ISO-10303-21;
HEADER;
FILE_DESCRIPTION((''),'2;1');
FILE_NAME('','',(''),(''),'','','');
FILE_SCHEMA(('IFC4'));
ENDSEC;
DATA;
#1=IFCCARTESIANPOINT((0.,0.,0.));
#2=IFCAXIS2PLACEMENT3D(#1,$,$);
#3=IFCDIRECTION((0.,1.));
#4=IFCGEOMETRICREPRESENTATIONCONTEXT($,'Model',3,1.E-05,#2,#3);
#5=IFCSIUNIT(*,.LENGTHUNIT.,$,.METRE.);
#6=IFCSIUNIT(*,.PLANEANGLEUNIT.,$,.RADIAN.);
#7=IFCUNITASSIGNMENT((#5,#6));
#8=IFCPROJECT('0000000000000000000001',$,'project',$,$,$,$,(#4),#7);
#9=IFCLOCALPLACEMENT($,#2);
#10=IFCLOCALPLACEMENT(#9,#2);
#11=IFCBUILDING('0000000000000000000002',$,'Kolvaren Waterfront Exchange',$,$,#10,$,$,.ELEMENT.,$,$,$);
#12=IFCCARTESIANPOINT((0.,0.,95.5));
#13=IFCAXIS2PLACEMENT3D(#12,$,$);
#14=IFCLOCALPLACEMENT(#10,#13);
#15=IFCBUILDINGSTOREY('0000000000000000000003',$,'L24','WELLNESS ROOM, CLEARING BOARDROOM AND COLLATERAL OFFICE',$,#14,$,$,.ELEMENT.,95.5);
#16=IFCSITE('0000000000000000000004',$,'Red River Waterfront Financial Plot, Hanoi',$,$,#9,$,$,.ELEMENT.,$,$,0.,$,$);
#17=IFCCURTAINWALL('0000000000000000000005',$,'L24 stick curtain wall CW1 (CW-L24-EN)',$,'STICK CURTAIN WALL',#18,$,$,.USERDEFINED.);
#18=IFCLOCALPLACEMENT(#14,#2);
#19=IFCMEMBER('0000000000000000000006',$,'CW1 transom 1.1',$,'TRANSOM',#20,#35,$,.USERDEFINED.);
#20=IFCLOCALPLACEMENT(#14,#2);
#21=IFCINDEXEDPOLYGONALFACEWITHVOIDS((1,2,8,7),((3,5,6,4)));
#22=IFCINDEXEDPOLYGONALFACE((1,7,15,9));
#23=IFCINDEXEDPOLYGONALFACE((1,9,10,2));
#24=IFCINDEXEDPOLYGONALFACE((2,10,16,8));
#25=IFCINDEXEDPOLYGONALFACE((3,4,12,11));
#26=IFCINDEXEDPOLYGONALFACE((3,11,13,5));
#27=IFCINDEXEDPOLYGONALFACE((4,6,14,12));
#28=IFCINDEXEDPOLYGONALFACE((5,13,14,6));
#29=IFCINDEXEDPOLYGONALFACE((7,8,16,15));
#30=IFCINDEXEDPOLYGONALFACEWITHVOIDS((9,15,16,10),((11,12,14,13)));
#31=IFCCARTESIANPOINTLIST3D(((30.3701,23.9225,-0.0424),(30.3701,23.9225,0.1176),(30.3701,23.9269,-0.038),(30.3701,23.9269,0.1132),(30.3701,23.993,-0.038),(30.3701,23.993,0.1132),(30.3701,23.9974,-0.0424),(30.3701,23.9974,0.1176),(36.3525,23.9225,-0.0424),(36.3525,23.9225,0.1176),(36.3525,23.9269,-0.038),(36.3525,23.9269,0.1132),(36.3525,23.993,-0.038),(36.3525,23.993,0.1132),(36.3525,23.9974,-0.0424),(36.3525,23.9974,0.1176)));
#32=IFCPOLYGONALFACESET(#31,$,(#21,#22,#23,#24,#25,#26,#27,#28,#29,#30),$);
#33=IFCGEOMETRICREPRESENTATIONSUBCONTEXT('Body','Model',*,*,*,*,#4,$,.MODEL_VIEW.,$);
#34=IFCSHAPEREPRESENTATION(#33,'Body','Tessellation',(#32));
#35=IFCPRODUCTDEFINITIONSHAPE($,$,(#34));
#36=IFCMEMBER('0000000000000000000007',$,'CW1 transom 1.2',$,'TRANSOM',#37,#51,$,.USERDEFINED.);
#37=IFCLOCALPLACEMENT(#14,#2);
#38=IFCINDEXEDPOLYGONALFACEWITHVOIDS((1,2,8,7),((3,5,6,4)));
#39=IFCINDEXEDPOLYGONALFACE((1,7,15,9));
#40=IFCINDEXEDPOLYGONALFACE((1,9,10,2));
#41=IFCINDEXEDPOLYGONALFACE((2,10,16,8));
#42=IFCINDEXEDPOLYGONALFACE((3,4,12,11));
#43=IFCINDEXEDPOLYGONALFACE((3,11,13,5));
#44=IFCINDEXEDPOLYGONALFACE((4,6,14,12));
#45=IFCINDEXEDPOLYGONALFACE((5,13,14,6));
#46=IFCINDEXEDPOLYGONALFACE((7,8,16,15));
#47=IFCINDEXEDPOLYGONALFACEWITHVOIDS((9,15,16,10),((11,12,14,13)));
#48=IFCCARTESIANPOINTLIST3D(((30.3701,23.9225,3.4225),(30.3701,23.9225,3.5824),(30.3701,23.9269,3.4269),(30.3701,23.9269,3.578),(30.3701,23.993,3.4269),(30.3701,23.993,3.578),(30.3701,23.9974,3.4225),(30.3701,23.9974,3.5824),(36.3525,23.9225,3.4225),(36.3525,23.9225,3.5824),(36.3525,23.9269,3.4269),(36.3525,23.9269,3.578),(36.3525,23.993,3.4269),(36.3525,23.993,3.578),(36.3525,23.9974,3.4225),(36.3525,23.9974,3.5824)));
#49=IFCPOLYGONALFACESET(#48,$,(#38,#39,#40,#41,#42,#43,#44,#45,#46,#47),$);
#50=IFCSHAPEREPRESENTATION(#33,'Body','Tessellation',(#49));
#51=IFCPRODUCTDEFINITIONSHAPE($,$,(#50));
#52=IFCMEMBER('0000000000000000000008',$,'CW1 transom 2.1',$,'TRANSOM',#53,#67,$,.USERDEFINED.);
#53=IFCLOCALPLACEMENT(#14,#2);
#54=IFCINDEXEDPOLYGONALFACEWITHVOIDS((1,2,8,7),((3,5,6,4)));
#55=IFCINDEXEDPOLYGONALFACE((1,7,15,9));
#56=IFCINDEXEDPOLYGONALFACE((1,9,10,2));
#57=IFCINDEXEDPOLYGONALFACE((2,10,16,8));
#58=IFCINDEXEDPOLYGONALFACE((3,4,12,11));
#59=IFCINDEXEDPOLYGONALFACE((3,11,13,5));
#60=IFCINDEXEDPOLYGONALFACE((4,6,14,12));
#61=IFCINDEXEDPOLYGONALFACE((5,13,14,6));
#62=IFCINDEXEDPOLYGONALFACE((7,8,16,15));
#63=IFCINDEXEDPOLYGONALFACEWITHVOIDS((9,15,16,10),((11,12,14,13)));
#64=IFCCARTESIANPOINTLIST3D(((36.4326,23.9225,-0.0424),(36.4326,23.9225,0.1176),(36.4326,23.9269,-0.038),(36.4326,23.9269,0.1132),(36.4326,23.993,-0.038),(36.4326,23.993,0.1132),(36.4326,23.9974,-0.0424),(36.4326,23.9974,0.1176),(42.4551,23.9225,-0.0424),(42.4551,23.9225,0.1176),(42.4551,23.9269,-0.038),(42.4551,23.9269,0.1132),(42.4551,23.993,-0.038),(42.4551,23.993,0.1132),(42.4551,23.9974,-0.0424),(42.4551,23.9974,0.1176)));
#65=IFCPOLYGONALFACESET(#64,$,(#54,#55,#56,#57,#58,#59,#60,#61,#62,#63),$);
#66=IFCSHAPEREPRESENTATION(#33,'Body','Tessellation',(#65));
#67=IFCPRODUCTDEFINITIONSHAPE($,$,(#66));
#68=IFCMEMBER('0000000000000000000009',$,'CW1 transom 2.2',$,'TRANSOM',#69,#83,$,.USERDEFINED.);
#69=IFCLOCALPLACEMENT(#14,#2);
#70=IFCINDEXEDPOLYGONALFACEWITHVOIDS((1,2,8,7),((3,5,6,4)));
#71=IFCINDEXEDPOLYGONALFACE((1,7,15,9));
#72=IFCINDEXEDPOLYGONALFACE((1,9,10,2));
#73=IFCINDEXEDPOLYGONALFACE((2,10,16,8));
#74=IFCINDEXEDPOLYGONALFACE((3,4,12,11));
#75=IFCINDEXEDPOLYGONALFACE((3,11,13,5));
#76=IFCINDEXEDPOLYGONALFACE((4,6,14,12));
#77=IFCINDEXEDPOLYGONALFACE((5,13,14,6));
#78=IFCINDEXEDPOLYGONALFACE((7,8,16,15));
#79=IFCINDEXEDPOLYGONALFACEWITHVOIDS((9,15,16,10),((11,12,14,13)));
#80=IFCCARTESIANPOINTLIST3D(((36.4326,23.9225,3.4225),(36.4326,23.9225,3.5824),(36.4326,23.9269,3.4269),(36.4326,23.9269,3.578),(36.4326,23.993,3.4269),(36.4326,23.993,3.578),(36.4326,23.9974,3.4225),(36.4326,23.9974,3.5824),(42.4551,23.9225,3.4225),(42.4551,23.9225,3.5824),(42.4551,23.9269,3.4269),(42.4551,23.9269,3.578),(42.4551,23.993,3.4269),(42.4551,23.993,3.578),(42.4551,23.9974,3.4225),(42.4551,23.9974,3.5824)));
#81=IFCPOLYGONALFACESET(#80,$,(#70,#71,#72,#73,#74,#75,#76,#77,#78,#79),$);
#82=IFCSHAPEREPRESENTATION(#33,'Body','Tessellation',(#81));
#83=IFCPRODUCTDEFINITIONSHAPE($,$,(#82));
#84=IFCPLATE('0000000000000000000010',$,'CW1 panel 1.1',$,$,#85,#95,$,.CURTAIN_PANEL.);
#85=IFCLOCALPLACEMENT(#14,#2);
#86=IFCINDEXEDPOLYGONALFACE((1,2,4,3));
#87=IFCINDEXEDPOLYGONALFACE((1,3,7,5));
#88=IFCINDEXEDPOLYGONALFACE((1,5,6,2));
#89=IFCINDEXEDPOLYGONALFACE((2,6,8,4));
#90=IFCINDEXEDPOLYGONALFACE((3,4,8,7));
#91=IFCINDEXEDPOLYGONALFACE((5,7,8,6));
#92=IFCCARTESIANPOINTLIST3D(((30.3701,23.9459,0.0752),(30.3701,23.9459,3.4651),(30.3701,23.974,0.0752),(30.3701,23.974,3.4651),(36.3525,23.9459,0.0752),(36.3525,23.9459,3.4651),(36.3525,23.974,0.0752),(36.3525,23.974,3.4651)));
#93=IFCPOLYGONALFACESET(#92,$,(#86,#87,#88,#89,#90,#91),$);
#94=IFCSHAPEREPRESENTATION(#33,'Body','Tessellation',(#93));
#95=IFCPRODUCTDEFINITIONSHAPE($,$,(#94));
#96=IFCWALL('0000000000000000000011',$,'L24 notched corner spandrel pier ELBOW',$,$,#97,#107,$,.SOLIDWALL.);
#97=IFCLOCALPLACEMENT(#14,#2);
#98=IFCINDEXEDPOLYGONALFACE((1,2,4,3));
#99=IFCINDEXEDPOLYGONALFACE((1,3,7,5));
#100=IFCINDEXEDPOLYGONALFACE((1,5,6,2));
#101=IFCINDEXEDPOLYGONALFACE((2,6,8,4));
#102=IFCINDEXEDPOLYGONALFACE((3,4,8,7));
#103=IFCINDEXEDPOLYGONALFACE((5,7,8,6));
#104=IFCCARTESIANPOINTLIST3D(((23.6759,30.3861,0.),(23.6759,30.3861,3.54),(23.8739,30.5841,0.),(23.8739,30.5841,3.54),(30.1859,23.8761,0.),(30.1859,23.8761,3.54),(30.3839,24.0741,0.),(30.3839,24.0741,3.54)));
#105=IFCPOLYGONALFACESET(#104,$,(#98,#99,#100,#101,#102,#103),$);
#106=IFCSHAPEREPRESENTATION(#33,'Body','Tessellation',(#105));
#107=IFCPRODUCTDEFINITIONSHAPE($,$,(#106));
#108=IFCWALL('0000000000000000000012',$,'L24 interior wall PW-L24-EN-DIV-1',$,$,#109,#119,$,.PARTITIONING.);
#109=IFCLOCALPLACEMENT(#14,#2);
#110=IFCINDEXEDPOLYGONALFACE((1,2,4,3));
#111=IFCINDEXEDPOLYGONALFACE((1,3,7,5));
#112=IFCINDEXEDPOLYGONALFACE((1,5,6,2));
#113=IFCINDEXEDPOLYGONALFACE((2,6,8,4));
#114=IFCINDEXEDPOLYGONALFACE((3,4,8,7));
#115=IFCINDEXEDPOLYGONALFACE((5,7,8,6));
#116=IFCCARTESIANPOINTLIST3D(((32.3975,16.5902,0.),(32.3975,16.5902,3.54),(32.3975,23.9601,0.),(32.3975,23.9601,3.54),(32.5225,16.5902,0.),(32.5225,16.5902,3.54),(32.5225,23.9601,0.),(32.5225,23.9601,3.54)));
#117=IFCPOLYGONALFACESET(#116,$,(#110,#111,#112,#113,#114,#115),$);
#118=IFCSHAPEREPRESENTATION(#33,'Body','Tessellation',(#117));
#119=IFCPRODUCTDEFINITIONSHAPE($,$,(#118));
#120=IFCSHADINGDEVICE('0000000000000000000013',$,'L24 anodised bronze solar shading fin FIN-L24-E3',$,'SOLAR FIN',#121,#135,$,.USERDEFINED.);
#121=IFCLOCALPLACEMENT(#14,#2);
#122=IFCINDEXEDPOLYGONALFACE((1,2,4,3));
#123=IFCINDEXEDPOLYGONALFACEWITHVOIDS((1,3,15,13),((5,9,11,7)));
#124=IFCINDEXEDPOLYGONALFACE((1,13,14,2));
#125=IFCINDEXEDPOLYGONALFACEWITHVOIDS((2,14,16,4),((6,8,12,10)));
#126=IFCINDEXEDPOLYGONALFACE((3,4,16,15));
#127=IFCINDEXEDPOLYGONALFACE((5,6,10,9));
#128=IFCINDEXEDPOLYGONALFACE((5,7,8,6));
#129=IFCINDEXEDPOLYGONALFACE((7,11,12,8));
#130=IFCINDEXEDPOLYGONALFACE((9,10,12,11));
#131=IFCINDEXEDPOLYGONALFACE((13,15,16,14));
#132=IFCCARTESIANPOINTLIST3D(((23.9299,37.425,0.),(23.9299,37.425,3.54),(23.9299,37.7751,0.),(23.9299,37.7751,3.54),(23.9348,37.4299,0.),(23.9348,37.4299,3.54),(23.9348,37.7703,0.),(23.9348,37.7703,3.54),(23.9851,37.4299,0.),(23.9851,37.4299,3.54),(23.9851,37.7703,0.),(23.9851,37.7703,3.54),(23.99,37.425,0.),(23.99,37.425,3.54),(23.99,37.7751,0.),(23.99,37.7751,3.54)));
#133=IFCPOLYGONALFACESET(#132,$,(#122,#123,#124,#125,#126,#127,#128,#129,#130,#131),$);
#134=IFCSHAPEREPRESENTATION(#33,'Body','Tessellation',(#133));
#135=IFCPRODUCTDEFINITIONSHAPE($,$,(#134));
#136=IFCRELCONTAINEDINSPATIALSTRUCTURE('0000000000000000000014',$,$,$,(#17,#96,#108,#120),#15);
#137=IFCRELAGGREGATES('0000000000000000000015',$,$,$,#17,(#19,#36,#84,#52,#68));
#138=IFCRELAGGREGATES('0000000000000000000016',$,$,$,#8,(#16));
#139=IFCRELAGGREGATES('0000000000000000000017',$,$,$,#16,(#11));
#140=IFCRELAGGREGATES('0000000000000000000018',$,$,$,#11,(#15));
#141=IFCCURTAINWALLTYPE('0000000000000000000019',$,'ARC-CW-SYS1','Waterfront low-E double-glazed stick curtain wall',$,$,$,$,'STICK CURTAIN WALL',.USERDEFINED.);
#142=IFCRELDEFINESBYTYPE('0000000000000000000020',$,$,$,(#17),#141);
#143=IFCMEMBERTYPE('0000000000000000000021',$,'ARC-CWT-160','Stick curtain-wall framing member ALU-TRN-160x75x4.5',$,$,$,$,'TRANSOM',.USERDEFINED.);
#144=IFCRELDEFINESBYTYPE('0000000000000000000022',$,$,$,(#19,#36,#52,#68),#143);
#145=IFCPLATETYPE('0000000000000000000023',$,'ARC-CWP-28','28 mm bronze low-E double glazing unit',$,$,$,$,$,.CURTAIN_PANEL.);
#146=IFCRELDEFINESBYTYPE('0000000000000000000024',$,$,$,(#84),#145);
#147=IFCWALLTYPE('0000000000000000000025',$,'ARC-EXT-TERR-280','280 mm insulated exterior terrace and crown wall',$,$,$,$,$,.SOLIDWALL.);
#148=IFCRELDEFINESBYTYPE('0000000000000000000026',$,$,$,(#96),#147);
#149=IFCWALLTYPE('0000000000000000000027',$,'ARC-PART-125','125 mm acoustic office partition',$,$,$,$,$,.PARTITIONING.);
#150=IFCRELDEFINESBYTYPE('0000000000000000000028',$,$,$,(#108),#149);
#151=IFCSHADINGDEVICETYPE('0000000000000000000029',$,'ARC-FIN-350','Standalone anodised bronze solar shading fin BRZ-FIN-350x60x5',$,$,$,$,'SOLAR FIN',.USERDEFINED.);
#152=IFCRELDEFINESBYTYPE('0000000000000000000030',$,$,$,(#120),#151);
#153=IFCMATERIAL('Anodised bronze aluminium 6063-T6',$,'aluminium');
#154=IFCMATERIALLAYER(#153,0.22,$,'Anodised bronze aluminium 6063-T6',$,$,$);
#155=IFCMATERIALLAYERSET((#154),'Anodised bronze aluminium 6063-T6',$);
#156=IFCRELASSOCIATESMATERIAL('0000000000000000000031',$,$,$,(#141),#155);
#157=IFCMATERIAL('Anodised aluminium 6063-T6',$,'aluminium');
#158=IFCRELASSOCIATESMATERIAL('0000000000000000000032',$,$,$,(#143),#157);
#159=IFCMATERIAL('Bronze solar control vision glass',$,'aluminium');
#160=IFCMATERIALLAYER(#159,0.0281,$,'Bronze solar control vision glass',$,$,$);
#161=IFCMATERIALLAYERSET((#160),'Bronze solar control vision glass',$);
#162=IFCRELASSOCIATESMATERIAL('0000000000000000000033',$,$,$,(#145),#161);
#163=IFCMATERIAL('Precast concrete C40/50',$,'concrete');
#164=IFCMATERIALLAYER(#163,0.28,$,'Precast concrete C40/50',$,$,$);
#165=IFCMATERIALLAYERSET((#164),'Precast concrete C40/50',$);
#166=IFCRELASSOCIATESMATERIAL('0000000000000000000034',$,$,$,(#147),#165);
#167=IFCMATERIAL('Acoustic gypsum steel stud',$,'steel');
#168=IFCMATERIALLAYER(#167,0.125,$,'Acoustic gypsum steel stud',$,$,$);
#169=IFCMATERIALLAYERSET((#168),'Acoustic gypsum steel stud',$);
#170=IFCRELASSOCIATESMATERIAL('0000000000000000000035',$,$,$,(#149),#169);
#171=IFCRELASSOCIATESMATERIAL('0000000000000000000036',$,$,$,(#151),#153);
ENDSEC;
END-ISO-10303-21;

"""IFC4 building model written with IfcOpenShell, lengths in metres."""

from ifc_helpers import new_model, si_unit, direction, frame, frame_2d, origin, origin_with_axes, origin_2d, place, context, subcontext, project, spatial, rectangle, hollow_rectangle, extrude, source, transform, mapped, material, layer, layer_set, material_profile, profile_set, type_object, element, aggregate, save


model = new_model("IFC4")

# Units and contexts
model_context = context("Model", 3, precision=1e-05, world=origin(), true_north=direction((0.0, 1.0)))
body_context = subcontext(model_context, "Body", "Model", "MODEL_VIEW")
ifc_project = project(units=[si_unit("LENGTHUNIT", "METRE"), si_unit("PLANEANGLEUNIT", "RADIAN")], contexts=[model_context])

# Site, building, storey
site_placement = place(None, origin())
site = spatial("IfcSite", under=ifc_project, at=site_placement, Name="Red River Waterfront Financial Plot, Hanoi", CompositionType="ELEMENT", RefElevation=0.0)
building_placement = place(site_placement, origin())
building = spatial("IfcBuilding", under=site, at=building_placement, Name="Kolvaren Waterfront Exchange", CompositionType="ELEMENT")
storey_placement = place(building_placement, frame((0.0, 0.0, 95.5)))
storey = spatial("IfcBuildingStorey", under=building, at=storey_placement, Name="L24", Description="WELLNESS ROOM, CLEARING BOARDROOM AND COLLATERAL OFFICE", CompositionType="ELEMENT", Elevation=95.5)

# Curtain wall, members, plate
ifc_material_1 = material(Name="Anodised bronze aluminium 6063-T6", Category="aluminium")
ifc_layer_1 = layer(ifc_material_1, 0.22, Name="Anodised bronze aluminium 6063-T6")
ifc_layer_set_1 = layer_set([ifc_layer_1], Name="Anodised bronze aluminium 6063-T6")
curtain_wall_type = type_object("IfcCurtainWallType", Name="ARC-CW-SYS1", Description="Waterfront low-E double-glazed stick curtain wall", ElementType="STICK CURTAIN WALL", PredefinedType="USERDEFINED", material=ifc_layer_set_1)
curtain_wall_placement = place(storey_placement, origin())
curtain_wall = element("IfcCurtainWall", 1, at=curtain_wall_placement, inside=storey, type_object=curtain_wall_type, Name="L24 stick curtain wall CW1 (CW-L24-EN)", ObjectType="STICK CURTAIN WALL", PredefinedType="USERDEFINED")
ifc_material_2 = material(Name="Anodised aluminium 6063-T6", Category="aluminium")
ifc_material_profile_1 = material_profile(ifc_material_2, hollow_rectangle(XDim=0.075, YDim=0.1599, WallThickness=0.0044, at=origin_2d()), Name="ALU-TRN-160x75x4.5")
ifc_profile_set_1 = profile_set([ifc_material_profile_1], Name="Anodised aluminium 6063-T6")
member_type_1 = type_object("IfcMemberType", Name="ARC-CWT-160", Description="Stick curtain-wall framing member ALU-TRN-160x75x4.5", ElementType="TRANSOM", PredefinedType="USERDEFINED", material=ifc_profile_set_1)
shared_shape_1 = source(origin_with_axes(), body_context, "Body", "SweptSolid", [
    extrude(hollow_rectangle(XDim=0.075, YDim=0.1599, WallThickness=0.0044, at=origin_2d()), origin(), (0.0, 0.0, 1.0), 5.9824),
])
member_1_placement = place(storey_placement, frame((30.3701, 23.96, 0.0376), z_axis=(1.0, 0.0, 0.0), x_axis=(0.0, 1.0, 0.0)))
member_1 = element("IfcMember", 2, at=member_1_placement, type_object=member_type_1, Name="CW1 transom 1.1", ObjectType="TRANSOM", PredefinedType="USERDEFINED", context=body_context, shape_type="MappedRepresentation", body=[
    mapped(shared_shape_1, transform((0.0, 0.0, 0.0), x_axis=(1.0, 0.0, 0.0), y_axis=(0.0, 1.0, 0.0), z_axis=(0.0, 0.0, 1.0), scale=1.0)),
])
member_2_placement = place(storey_placement, frame((30.3701, 23.96, 3.5024), z_axis=(1.0, 0.0, 0.0), x_axis=(0.0, 1.0, 0.0)))
member_2 = element("IfcMember", 3, at=member_2_placement, type_object=member_type_1, Name="CW1 transom 1.2", ObjectType="TRANSOM", PredefinedType="USERDEFINED", context=body_context, shape_type="MappedRepresentation", body=[
    mapped(shared_shape_1, transform((0.0, 0.0, 0.0), x_axis=(1.0, 0.0, 0.0), y_axis=(0.0, 1.0, 0.0), z_axis=(0.0, 0.0, 1.0), scale=1.0)),
])
shared_shape_2 = source(origin_with_axes(), body_context, "Body", "SweptSolid", [
    extrude(hollow_rectangle(XDim=0.075, YDim=0.1599, WallThickness=0.0044, at=origin_2d()), origin(), (0.0, 0.0, 1.0), 6.0225),
])
member_3_placement = place(storey_placement, frame((36.4326, 23.96, 0.0376), z_axis=(1.0, 0.0, 0.0), x_axis=(0.0, 1.0, 0.0)))
member_3 = element("IfcMember", 4, at=member_3_placement, type_object=member_type_1, Name="CW1 transom 2.1", ObjectType="TRANSOM", PredefinedType="USERDEFINED", context=body_context, shape_type="MappedRepresentation", body=[
    mapped(shared_shape_2, transform((0.0, 0.0, 0.0), x_axis=(1.0, 0.0, 0.0), y_axis=(0.0, 1.0, 0.0), z_axis=(0.0, 0.0, 1.0), scale=1.0)),
])
member_4_placement = place(storey_placement, frame((36.4326, 23.96, 3.5024), z_axis=(1.0, 0.0, 0.0), x_axis=(0.0, 1.0, 0.0)))
member_4 = element("IfcMember", 5, at=member_4_placement, type_object=member_type_1, Name="CW1 transom 2.2", ObjectType="TRANSOM", PredefinedType="USERDEFINED", context=body_context, shape_type="MappedRepresentation", body=[
    mapped(shared_shape_2, transform((0.0, 0.0, 0.0), x_axis=(1.0, 0.0, 0.0), y_axis=(0.0, 1.0, 0.0), z_axis=(0.0, 0.0, 1.0), scale=1.0)),
])
ifc_material_3 = material(Name="Bronze solar control vision glass", Category="aluminium")
ifc_layer_2 = layer(ifc_material_3, 0.0281, Name="Bronze solar control vision glass")
ifc_layer_set_2 = layer_set([ifc_layer_2], Name="Bronze solar control vision glass")
plate_type = type_object("IfcPlateType", Name="ARC-CWP-28", Description="28 mm bronze low-E double glazing unit", PredefinedType="CURTAIN_PANEL", material=ifc_layer_set_2)
shared_shape_3 = source(origin_with_axes(), body_context, "Body", "SweptSolid", [
    extrude(rectangle(XDim=5.9824, YDim=0.0281, at=origin_2d()), origin(), (0.0, 0.0, 1.0), 3.3899),
])
plate_placement = place(storey_placement, frame((33.3613, 23.96, 0.0752), z_axis=(0.0, 0.0, 1.0), x_axis=(1.0, 0.0, 0.0)))
plate = element("IfcPlate", 6, at=plate_placement, type_object=plate_type, Name="CW1 panel 1.1", PredefinedType="CURTAIN_PANEL", context=body_context, shape_type="MappedRepresentation", body=[
    mapped(shared_shape_3, transform((0.0, 0.0, 0.0), x_axis=(1.0, 0.0, 0.0), y_axis=(0.0, 1.0, 0.0), z_axis=(0.0, 0.0, 1.0), scale=1.0)),
])
aggregate(curtain_wall, [member_1, member_2, plate, member_3, member_4])

# Walls
ifc_material_4 = material(Name="Precast concrete C40/50", Category="concrete")
ifc_layer_3 = layer(ifc_material_4, 0.28, Name="Precast concrete C40/50")
ifc_layer_set_3 = layer_set([ifc_layer_3], Name="Precast concrete C40/50")
wall_type_1 = type_object("IfcWallType", Name="ARC-EXT-TERR-280", Description="280 mm insulated exterior terrace and crown wall", PredefinedType="SOLIDWALL", material=ifc_layer_set_3)
wall_1_placement = place(storey_placement, frame((30.2849, 23.9751, 0.0), z_axis=(0.0, 0.0, 1.0), x_axis=(-0.707107, 0.707107, 0.0)))
element("IfcWall", 7, at=wall_1_placement, inside=storey, type_object=wall_type_1, Name="L24 notched corner spandrel pier ELBOW", PredefinedType="SOLIDWALL", context=body_context, shape_type="SweptSolid", body=[
    extrude(rectangle(XDim=9.2065, YDim=0.28, at=frame_2d((4.6033, 0.0))), origin(), (0.0, 0.0, 1.0), 3.54),
])
ifc_material_5 = material(Name="Acoustic gypsum steel stud", Category="steel")
ifc_layer_4 = layer(ifc_material_5, 0.125, Name="Acoustic gypsum steel stud")
ifc_layer_set_4 = layer_set([ifc_layer_4], Name="Acoustic gypsum steel stud")
wall_type_2 = type_object("IfcWallType", Name="ARC-PART-125", Description="125 mm acoustic office partition", PredefinedType="PARTITIONING", material=ifc_layer_set_4)
wall_2_placement = place(storey_placement, frame((32.46, 16.5901, 0.0), z_axis=(0.0, 0.0, 1.0), x_axis=(0.0, 1.0, 0.0)))
element("IfcWall", 8, at=wall_2_placement, inside=storey, type_object=wall_type_2, Name="L24 interior wall PW-L24-EN-DIV-1", PredefinedType="PARTITIONING", context=body_context, shape_type="SweptSolid", body=[
    extrude(rectangle(XDim=7.3699, YDim=0.125, at=frame_2d((3.6851, 0.0))), origin(), (0.0, 0.0, 1.0), 3.54),
])

# Shading device
ifc_material_profile_2 = material_profile(ifc_material_1, hollow_rectangle(XDim=0.0601, YDim=0.3501, WallThickness=0.0049, at=origin_2d()), Name="BRZ-FIN-350x60x5")
ifc_profile_set_2 = profile_set([ifc_material_profile_2], Name="Anodised bronze aluminium 6063-T6")
shading_device_type = type_object("IfcShadingDeviceType", Name="ARC-FIN-350", Description="Standalone anodised bronze solar shading fin BRZ-FIN-350x60x5", ElementType="SOLAR FIN", PredefinedType="USERDEFINED", material=ifc_profile_set_2)
shading_device_placement = place(storey_placement, frame((23.96, 37.6001, 0.0), z_axis=(0.0, 0.0, 1.0), x_axis=(1.0, 0.0, 0.0)))
element("IfcShadingDevice", 9, at=shading_device_placement, inside=storey, type_object=shading_device_type, Name="L24 anodised bronze solar shading fin FIN-L24-E3", ObjectType="SOLAR FIN", PredefinedType="USERDEFINED", context=body_context, shape_type="SweptSolid", body=[
    extrude(hollow_rectangle(XDim=0.0601, YDim=0.3501, WallThickness=0.0049, at=origin_2d()), origin(), (0.0, 0.0, 1.0), 3.54),
])

save(model, "model.ifc")
